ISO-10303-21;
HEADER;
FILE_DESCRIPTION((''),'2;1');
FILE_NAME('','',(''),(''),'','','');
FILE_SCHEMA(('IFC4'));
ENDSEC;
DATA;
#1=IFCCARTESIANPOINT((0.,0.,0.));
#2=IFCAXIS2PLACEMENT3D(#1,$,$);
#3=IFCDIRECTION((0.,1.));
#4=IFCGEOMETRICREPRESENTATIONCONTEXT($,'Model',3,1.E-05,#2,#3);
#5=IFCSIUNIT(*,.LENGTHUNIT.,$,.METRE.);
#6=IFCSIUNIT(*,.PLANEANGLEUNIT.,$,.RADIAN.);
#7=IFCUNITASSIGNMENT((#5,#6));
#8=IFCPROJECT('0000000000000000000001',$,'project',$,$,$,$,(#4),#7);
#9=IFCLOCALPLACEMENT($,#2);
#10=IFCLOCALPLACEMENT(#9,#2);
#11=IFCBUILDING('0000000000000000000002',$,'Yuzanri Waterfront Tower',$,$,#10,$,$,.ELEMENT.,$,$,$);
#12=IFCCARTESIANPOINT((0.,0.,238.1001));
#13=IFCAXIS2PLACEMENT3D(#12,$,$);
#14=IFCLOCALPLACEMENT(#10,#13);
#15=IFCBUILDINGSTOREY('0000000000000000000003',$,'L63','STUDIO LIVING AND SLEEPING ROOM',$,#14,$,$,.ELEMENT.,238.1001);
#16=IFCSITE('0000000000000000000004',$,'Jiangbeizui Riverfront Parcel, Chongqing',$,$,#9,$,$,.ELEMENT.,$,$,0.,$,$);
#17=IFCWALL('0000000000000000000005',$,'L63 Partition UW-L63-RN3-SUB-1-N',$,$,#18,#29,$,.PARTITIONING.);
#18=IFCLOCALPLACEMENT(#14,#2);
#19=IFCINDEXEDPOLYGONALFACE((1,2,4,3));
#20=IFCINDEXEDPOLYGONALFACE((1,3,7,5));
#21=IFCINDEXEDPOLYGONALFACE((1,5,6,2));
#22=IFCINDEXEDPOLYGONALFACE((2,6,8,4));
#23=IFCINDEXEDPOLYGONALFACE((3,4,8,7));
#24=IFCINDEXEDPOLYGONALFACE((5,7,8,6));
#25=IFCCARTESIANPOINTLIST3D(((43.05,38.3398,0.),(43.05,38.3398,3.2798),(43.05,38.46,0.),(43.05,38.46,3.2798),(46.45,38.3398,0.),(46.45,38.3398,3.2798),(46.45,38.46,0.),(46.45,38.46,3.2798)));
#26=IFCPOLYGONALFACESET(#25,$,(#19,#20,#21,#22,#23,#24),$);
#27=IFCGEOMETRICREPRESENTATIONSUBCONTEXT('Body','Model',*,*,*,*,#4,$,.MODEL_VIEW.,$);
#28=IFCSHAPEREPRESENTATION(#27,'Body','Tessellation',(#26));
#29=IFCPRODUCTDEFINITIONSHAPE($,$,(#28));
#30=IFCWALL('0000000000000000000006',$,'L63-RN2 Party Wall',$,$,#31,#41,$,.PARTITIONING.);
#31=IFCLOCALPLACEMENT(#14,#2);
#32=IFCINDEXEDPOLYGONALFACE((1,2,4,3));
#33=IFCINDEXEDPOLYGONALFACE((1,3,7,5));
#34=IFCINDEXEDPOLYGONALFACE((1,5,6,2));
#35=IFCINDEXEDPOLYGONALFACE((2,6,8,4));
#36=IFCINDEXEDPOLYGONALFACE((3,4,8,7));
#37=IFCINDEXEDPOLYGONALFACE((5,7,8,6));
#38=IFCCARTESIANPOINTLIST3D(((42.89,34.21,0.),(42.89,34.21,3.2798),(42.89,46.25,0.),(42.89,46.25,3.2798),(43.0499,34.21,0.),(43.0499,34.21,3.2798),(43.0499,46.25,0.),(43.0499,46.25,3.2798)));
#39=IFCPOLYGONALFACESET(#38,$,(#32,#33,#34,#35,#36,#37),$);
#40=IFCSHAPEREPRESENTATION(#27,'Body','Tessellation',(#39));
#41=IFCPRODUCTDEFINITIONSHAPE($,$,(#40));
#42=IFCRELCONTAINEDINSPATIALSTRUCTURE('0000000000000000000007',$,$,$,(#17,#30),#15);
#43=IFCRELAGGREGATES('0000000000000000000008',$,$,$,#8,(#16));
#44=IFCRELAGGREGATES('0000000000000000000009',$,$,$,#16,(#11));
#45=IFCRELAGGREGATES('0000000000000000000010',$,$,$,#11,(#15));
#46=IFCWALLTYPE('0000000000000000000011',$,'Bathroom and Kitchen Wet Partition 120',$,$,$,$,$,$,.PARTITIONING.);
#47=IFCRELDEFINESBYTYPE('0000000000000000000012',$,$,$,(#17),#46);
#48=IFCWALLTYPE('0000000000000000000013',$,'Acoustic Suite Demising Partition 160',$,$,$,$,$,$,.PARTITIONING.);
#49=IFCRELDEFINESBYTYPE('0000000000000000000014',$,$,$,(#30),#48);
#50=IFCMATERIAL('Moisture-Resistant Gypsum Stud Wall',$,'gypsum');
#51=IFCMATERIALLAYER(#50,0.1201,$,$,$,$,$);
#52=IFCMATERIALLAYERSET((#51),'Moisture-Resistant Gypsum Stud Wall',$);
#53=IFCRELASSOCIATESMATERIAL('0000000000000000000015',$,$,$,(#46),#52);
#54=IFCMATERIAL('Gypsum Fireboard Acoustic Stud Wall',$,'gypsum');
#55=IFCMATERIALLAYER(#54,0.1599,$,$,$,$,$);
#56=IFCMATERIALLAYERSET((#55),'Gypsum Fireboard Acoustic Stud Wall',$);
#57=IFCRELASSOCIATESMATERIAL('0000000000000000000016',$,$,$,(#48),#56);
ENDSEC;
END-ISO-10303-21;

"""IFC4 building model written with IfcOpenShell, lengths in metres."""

from ifc_helpers import new_model, si_unit, direction, frame, frame_2d, origin, place, context, subcontext, project, spatial, rectangle, extrude, source, transform, mapped, material, layer, layer_set, type_object, element, save


model = new_model("IFC4")

# Units and contexts
model_context = context("Model", 3, precision=1e-05, world=origin(), true_north=direction((0.0, 1.0)))
body_context = subcontext(model_context, "Body", "Model", "MODEL_VIEW")
ifc_project = project(units=[si_unit("LENGTHUNIT", "METRE"), si_unit("PLANEANGLEUNIT", "RADIAN")], contexts=[model_context])

# Site, building, storey
site_placement = place(None, origin())
site = spatial("IfcSite", under=ifc_project, at=site_placement, Name="Jiangbeizui Riverfront Parcel, Chongqing", CompositionType="ELEMENT", RefElevation=0.0)
building_placement = place(site_placement, origin())
building = spatial("IfcBuilding", under=site, at=building_placement, Name="Yuzanri Waterfront Tower", CompositionType="ELEMENT")
storey_placement = place(building_placement, frame((0.0, 0.0, 238.1001)))
storey = spatial("IfcBuildingStorey", under=building, at=storey_placement, Name="L63", Description="STUDIO LIVING AND SLEEPING ROOM", CompositionType="ELEMENT", Elevation=238.1001)

# Shared definitions
ifc_material_1 = material(Name="Moisture-Resistant Gypsum Stud Wall", Category="gypsum")
ifc_layer_1 = layer(ifc_material_1, 0.1201)
ifc_layer_set_1 = layer_set([ifc_layer_1], Name="Moisture-Resistant Gypsum Stud Wall")
wall_type_1 = type_object("IfcWallType", Name="Bathroom and Kitchen Wet Partition 120", PredefinedType="PARTITIONING", material=ifc_layer_set_1)

# Walls
shared_shape_1 = source(origin(), body_context, "Body", "SweptSolid", [
    extrude(rectangle(XDim=3.3999, YDim=0.1201, at=frame_2d((1.7, 0.0))), origin(), (0.0, 0.0, 1.0), 3.2798),
])
wall_1_placement = place(storey_placement, frame((43.05, 38.3999, 0.0), z_axis=(0.0, 0.0, 1.0), x_axis=(1.0, 0.0, 0.0)))
element("IfcWall", 1, at=wall_1_placement, inside=storey, type_object=wall_type_1, Name="L63 Partition UW-L63-RN3-SUB-1-N", PredefinedType="PARTITIONING", context=body_context, shape_type="MappedRepresentation", body=[
    mapped(shared_shape_1, transform((0.0, 0.0, 0.0), scale=1.0)),
])
ifc_material_2 = material(Name="Gypsum Fireboard Acoustic Stud Wall", Category="gypsum")
ifc_layer_2 = layer(ifc_material_2, 0.1599)
ifc_layer_set_2 = layer_set([ifc_layer_2], Name="Gypsum Fireboard Acoustic Stud Wall")
wall_type_2 = type_object("IfcWallType", Name="Acoustic Suite Demising Partition 160", PredefinedType="PARTITIONING", material=ifc_layer_set_2)
shared_shape_2 = source(origin(), body_context, "Body", "SweptSolid", [
    extrude(rectangle(XDim=12.04, YDim=0.1599, at=frame_2d((6.02, 0.0))), origin(), (0.0, 0.0, 1.0), 3.2798),
])
wall_2_placement = place(storey_placement, frame((42.97, 34.21, 0.0), z_axis=(0.0, 0.0, 1.0), x_axis=(0.0, 1.0, 0.0)))
element("IfcWall", 2, at=wall_2_placement, inside=storey, type_object=wall_type_2, Name="L63-RN2 Party Wall", PredefinedType="PARTITIONING", context=body_context, shape_type="MappedRepresentation", body=[
    mapped(shared_shape_2, transform((0.0, 0.0, 0.0), scale=1.0)),
])

save(model, "model.ifc")
